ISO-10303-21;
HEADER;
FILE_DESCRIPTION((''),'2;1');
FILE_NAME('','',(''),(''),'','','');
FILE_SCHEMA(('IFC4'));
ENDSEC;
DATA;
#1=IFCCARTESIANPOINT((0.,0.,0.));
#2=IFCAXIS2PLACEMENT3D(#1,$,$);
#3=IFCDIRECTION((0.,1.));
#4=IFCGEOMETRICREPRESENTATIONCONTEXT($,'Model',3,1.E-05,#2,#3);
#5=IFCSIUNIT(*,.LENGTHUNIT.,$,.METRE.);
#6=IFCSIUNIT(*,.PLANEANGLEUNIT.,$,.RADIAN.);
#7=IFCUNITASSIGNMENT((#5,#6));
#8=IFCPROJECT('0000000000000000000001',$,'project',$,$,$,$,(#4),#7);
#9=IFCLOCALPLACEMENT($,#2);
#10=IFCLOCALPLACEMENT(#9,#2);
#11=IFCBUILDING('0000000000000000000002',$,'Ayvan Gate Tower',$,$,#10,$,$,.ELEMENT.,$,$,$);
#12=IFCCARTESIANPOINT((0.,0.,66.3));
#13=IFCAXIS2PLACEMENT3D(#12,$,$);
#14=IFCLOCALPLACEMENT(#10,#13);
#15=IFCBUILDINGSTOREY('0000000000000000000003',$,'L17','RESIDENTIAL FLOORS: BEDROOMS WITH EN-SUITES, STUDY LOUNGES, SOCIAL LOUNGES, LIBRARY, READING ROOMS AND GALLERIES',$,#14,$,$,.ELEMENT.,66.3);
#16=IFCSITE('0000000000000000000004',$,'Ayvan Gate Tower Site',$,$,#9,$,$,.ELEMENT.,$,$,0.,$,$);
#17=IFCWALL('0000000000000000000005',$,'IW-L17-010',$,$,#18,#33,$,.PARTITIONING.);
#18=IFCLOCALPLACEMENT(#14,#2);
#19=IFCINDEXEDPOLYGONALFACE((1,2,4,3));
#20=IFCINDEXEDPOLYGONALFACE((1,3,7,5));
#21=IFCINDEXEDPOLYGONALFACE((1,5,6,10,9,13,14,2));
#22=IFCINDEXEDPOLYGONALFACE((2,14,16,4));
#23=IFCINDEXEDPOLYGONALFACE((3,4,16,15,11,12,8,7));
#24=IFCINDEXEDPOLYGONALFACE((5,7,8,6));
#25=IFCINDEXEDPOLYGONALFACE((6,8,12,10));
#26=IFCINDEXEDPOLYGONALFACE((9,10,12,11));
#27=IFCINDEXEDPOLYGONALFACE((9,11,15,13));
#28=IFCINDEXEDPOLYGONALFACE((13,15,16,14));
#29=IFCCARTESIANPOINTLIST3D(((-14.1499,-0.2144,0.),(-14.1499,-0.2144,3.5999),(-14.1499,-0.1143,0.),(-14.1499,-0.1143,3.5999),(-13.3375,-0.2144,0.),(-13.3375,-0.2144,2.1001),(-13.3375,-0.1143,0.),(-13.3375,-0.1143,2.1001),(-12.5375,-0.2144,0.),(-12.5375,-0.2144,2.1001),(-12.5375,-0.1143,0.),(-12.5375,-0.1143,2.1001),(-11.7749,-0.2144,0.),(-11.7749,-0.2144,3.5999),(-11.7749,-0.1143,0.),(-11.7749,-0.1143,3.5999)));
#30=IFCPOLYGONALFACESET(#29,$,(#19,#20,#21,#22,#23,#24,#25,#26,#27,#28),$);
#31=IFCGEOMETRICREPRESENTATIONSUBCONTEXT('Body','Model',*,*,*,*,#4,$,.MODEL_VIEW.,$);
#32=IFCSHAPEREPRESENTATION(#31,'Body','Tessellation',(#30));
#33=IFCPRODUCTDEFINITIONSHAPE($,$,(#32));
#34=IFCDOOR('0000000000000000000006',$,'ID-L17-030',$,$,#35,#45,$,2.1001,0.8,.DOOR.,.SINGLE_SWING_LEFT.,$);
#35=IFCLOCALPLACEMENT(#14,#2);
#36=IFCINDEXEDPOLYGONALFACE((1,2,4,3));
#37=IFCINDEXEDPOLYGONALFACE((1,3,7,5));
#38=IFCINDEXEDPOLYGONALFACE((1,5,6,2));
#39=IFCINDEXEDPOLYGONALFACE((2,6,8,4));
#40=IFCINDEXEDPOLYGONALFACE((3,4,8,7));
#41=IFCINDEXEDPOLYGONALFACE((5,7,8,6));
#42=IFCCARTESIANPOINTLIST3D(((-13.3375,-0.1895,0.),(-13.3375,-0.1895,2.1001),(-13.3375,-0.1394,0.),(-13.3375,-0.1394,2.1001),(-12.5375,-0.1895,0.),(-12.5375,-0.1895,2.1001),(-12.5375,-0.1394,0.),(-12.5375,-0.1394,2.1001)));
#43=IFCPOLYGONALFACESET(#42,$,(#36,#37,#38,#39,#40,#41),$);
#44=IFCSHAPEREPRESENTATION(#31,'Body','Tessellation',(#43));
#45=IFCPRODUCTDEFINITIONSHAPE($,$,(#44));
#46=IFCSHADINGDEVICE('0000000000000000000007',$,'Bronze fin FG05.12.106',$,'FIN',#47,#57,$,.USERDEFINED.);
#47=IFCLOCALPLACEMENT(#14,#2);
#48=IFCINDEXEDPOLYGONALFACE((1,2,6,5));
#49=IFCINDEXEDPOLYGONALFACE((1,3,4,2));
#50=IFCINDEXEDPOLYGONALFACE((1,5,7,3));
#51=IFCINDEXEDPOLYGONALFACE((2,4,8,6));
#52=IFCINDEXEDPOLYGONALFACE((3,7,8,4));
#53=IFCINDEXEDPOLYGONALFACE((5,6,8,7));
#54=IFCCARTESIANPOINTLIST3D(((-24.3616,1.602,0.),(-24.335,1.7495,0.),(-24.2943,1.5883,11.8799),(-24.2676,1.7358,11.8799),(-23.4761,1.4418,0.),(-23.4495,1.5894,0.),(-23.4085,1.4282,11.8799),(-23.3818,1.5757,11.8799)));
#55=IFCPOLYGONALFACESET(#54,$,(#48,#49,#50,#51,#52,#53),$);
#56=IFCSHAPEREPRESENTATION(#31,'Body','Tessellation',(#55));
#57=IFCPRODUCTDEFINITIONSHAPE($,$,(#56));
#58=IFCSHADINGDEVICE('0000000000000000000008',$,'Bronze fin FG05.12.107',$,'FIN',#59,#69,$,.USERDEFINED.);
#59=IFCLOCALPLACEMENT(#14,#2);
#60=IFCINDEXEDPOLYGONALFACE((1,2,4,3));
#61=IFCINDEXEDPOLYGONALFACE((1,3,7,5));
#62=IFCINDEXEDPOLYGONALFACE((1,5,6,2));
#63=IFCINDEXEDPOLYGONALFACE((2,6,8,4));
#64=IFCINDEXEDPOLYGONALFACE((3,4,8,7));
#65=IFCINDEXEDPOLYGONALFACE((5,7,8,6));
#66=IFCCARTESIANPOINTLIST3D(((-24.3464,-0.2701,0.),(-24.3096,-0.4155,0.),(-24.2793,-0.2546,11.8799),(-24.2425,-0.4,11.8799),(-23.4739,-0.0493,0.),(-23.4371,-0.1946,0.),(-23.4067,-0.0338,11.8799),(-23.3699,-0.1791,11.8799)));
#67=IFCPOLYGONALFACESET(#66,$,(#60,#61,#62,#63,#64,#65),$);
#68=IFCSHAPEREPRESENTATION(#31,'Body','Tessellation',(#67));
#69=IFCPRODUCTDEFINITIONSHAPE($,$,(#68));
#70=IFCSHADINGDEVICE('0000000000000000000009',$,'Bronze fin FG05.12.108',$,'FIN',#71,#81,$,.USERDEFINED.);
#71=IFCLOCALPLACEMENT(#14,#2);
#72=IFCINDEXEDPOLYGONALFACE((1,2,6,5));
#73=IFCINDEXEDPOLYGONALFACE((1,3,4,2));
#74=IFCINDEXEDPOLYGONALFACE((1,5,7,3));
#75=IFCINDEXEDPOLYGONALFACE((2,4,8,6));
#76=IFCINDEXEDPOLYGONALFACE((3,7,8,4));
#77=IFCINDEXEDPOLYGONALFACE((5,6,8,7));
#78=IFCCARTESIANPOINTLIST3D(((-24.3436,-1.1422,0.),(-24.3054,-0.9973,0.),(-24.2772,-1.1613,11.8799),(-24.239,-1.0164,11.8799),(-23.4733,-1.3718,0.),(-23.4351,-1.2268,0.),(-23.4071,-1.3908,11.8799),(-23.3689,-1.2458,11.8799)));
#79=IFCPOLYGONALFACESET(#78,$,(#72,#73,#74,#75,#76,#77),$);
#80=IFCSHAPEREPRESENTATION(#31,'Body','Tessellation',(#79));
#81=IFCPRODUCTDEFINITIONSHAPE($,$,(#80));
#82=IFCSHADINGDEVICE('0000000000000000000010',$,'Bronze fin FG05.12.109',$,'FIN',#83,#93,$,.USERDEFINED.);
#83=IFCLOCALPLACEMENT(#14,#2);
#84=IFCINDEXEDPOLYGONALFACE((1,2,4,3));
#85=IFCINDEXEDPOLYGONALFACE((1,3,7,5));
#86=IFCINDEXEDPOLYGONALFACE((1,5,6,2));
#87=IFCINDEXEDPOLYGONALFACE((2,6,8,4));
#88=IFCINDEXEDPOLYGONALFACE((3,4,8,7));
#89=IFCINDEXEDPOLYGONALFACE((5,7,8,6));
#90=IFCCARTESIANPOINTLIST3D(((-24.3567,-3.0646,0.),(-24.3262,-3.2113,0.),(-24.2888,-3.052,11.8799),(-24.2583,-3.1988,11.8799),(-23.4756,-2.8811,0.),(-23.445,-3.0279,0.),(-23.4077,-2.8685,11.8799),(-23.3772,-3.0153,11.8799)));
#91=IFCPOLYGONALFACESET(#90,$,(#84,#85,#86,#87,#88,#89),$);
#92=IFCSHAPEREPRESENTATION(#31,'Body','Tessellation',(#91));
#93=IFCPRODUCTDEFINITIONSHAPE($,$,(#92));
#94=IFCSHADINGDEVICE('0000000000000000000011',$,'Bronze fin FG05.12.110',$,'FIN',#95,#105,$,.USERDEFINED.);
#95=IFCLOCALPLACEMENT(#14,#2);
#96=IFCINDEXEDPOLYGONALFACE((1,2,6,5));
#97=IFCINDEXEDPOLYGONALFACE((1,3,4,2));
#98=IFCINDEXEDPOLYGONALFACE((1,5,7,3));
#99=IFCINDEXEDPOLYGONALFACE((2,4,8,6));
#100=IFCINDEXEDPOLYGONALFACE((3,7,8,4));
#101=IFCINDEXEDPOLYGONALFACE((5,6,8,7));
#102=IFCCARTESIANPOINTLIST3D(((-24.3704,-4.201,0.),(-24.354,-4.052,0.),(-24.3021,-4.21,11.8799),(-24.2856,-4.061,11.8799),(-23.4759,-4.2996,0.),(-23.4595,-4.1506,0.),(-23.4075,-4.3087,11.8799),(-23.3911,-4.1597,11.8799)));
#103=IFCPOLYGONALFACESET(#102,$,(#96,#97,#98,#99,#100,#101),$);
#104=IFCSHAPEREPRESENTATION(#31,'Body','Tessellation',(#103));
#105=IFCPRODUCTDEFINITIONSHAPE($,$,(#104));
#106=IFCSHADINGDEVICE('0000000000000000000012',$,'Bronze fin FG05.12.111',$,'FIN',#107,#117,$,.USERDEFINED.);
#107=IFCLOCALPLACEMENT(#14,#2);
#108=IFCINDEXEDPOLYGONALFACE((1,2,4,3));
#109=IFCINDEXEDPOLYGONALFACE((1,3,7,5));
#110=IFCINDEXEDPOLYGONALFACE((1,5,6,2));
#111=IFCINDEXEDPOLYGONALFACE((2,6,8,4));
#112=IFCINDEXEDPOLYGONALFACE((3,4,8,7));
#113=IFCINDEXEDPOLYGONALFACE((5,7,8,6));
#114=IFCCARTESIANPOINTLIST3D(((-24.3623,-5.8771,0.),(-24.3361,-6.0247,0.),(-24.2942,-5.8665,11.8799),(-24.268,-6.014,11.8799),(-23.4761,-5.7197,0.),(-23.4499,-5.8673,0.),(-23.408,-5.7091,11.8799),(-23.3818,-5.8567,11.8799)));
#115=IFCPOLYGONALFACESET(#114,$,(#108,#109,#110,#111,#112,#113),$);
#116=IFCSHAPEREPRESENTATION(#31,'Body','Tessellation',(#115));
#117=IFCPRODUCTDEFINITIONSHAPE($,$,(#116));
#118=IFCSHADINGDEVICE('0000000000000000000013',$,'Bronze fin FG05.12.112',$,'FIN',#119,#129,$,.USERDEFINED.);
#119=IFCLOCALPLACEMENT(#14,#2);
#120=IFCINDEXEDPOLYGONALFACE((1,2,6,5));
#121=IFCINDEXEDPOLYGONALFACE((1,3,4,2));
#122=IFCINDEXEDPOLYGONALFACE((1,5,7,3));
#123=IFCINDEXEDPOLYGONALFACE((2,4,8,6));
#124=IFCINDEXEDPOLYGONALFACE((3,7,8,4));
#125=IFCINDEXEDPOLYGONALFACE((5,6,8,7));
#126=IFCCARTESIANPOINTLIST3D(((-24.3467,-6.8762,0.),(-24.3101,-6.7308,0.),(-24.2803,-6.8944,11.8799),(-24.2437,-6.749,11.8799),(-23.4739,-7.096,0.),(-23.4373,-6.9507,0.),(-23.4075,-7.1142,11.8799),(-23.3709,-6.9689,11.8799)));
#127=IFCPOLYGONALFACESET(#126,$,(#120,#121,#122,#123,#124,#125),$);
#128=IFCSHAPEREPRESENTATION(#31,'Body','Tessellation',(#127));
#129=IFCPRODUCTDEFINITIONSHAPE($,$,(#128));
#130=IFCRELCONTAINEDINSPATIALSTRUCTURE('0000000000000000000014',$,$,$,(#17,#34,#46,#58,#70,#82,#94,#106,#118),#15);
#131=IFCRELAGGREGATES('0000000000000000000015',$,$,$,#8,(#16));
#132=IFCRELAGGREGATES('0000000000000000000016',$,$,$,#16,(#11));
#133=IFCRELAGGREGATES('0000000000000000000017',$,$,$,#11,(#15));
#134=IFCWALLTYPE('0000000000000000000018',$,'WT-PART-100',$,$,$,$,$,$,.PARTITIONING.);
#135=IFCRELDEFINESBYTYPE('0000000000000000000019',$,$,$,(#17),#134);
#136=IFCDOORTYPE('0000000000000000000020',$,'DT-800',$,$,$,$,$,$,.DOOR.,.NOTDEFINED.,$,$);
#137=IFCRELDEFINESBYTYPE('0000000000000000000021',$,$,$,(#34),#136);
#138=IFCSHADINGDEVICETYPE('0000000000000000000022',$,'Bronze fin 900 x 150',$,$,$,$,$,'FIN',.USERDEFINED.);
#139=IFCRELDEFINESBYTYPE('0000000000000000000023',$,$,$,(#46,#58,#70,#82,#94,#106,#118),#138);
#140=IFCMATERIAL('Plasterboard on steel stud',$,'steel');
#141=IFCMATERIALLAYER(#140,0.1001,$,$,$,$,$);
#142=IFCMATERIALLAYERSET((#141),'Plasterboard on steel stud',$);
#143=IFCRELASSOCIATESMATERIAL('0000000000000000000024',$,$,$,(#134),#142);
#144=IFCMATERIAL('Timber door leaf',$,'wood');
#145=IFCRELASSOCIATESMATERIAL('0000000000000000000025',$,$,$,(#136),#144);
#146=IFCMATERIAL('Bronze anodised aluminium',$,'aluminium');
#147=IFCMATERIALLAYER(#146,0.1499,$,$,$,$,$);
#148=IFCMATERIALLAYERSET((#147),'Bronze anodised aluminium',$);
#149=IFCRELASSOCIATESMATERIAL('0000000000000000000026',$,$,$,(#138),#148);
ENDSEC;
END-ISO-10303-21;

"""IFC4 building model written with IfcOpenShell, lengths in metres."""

from ifc_helpers import new_model, si_unit, direction, frame, frame_2d, origin, place, context, subcontext, project, spatial, polyline, rectangle, outline, extrude, material, layer, layer_set, type_object, element, fill, save


model = new_model("IFC4")

# Units and contexts
model_context = context("Model", 3, precision=1e-05, world=origin(), true_north=direction((0.0, 1.0)))
body_context = subcontext(model_context, "Body", "Model", "MODEL_VIEW")
ifc_project = project(units=[si_unit("LENGTHUNIT", "METRE"), si_unit("PLANEANGLEUNIT", "RADIAN")], contexts=[model_context])

# Site, building, storey
site_placement = place(None, origin())
site = spatial("IfcSite", under=ifc_project, at=site_placement, Name="Ayvan Gate Tower Site", CompositionType="ELEMENT", RefElevation=0.0)
building_placement = place(site_placement, origin())
building = spatial("IfcBuilding", under=site, at=building_placement, Name="Ayvan Gate Tower", CompositionType="ELEMENT")
storey_placement = place(building_placement, frame((0.0, 0.0, 66.3)))
storey = spatial("IfcBuildingStorey", under=building, at=storey_placement, Name="L17", Description="RESIDENTIAL FLOORS: BEDROOMS WITH EN-SUITES, STUDY LOUNGES, SOCIAL LOUNGES, LIBRARY, READING ROOMS AND GALLERIES", CompositionType="ELEMENT", Elevation=66.3)

# Shared definitions
ifc_material_1 = material(Name="Bronze anodised aluminium", Category="aluminium")

# Shared definitions
ifc_material_2 = material(Name="Plasterboard on steel stud", Category="steel")
ifc_material_3 = material(Name="Timber door leaf", Category="wood")

# Shared definitions
ifc_layer_1 = layer(ifc_material_2, 0.1001)
ifc_layer_set_1 = layer_set([ifc_layer_1], Name="Plasterboard on steel stud")
wall_type_1 = type_object("IfcWallType", Name="WT-PART-100", PredefinedType="PARTITIONING", material=ifc_layer_set_1)

# Wall, opening, door
wall_1_placement = place(storey_placement, frame((-14.1499, -0.1643, 0.0), z_axis=(0.0, 0.0, 1.0), x_axis=(1.0, 0.0, 0.0)))
wall_1 = element("IfcWall", 1, at=wall_1_placement, inside=storey, type_object=wall_type_1, Name="IW-L17-010", PredefinedType="PARTITIONING", context=body_context, shape_type="SweptSolid", body=[
    extrude(rectangle(XDim=2.375, YDim=0.1001, at=frame_2d((1.1875, 0.0))), origin(), (0.0, 0.0, 1.0), 3.5999),
])
opening_1_placement = place(wall_1_placement, frame((0.8125, 0.0, 0.0)))
opening_1 = element("IfcOpeningElement", 2, at=opening_1_placement, cuts=wall_1, PredefinedType="OPENING", context=body_context, shape_type="SweptSolid", body=[
    extrude(rectangle(XDim=0.8, YDim=2.1001, at=frame_2d((0.3999, 1.05))), frame((0.0, 0.0601, 0.0), z_axis=(0.0, -1.0, 0.0), x_axis=(1.0, 0.0, 0.0)), (0.0, 0.0, 1.0), 0.1201),
])
door_type_1 = type_object("IfcDoorType", Name="DT-800", OperationType="NOTDEFINED", PredefinedType="DOOR", material=ifc_material_3)
door_1_placement = place(opening_1_placement, origin())
door_1 = element("IfcDoor", 3, at=door_1_placement, inside=storey, type_object=door_type_1, Name="ID-L17-030", OperationType="SINGLE_SWING_LEFT", OverallHeight=2.1001, OverallWidth=0.8, PredefinedType="DOOR", context=body_context, shape_type="SweptSolid", body=[
    extrude(rectangle(XDim=0.8, YDim=2.1001, at=frame_2d((0.3999, 1.05))), frame((0.0, 0.0249, 0.0), z_axis=(0.0, -1.0, 0.0), x_axis=(1.0, 0.0, 0.0)), (0.0, 0.0, 1.0), 0.05),
])
fill(opening_1, door_1)

# Shading devices
ifc_layer_2 = layer(ifc_material_1, 0.1499)
ifc_layer_set_2 = layer_set([ifc_layer_2], Name="Bronze anodised aluminium")
shading_device_type = type_object("IfcShadingDeviceType", Name="Bronze fin 900 x 150", ElementType="FIN", PredefinedType="USERDEFINED", material=ifc_layer_set_2)
shading_device_1_placement = place(storey_placement, frame((-23.4495, 1.5894, 0.0), z_axis=(0.177954, 0.984039, 0.000121), x_axis=(-0.984039, 0.177954, 0.0)))
element("IfcShadingDevice", 4, at=shading_device_1_placement, inside=storey, type_object=shading_device_type, Name="Bronze fin FG05.12.106", ObjectType="FIN", PredefinedType="USERDEFINED", context=body_context, shape_type="SweptSolid", body=[
    extrude(outline(polyline([(0.0, 0.0), (0.8999, 0.0), (0.8311, 11.8799), (-0.069, 11.8799), (0.0, 0.0)])), origin(), (0.0, 0.0, -1.0), 0.1499),
])
shading_device_2_placement = place(storey_placement, frame((-23.4739, -0.0493, 0.0), z_axis=(-0.245343, 0.969436, 0.000121), x_axis=(-0.969436, -0.245343, 0.0)))
element("IfcShadingDevice", 5, at=shading_device_2_placement, inside=storey, type_object=shading_device_type, Name="Bronze fin FG05.12.107", ObjectType="FIN", PredefinedType="USERDEFINED", context=body_context, shape_type="SweptSolid", body=[
    extrude(outline(polyline([(0.0, 0.0), (0.9, 0.0), (0.8312, 11.8799), (-0.0689, 11.8799), (0.0, 0.0)])), origin(), (0.0, 0.0, -1.0), 0.1499),
])
shading_device_3_placement = place(storey_placement, frame((-23.4351, -1.2268, 0.0), z_axis=(0.254994, 0.966943, 0.000127), x_axis=(-0.966943, 0.254994, 0.0)))
element("IfcShadingDevice", 6, at=shading_device_3_placement, inside=storey, type_object=shading_device_type, Name="Bronze fin FG05.12.108", ObjectType="FIN", PredefinedType="USERDEFINED", context=body_context, shape_type="SweptSolid", body=[
    extrude(outline(polyline([(0.0, 0.0), (0.9001, 0.0), (0.831, 11.8799), (-0.0688, 11.8799), (0.0, 0.0)])), origin(), (0.0, 0.0, -1.0), 0.1499),
])
shading_device_4_placement = place(storey_placement, frame((-23.4756, -2.8811, 0.0), z_axis=(-0.203857, 0.979001, 0.000129), x_axis=(-0.979001, -0.203857, 0.0)))
element("IfcShadingDevice", 7, at=shading_device_4_placement, inside=storey, type_object=shading_device_type, Name="Bronze fin FG05.12.109", ObjectType="FIN", PredefinedType="USERDEFINED", context=body_context, shape_type="SweptSolid", body=[
    extrude(outline(polyline([(0.0, 0.0), (0.9, 0.0), (0.831, 11.8799), (-0.069, 11.8799), (0.0, 0.0)])), origin(), (0.0, 0.0, -1.0), 0.1499),
])
shading_device_5_placement = place(storey_placement, frame((-23.4595, -4.1506, 0.0), z_axis=(0.109598, 0.993976, 0.000125), x_axis=(-0.993976, 0.109598, 0.0)))
element("IfcShadingDevice", 8, at=shading_device_5_placement, inside=storey, type_object=shading_device_type, Name="Bronze fin FG05.12.110", ObjectType="FIN", PredefinedType="USERDEFINED", context=body_context, shape_type="SweptSolid", body=[
    extrude(outline(polyline([(0.0, 0.0), (0.9, 0.0), (0.831, 11.8799), (-0.0689, 11.8799), (0.0, 0.0)])), origin(), (0.0, 0.0, -1.0), 0.1499),
])
shading_device_6_placement = place(storey_placement, frame((-23.4761, -5.7197, 0.0), z_axis=(-0.174814, 0.984601, 0.000122), x_axis=(-0.984601, -0.174814, 0.0)))
element("IfcShadingDevice", 9, at=shading_device_6_placement, inside=storey, type_object=shading_device_type, Name="Bronze fin FG05.12.111", ObjectType="FIN", PredefinedType="USERDEFINED", context=body_context, shape_type="SweptSolid", body=[
    extrude(outline(polyline([(0.0, 0.0), (0.9001, 0.0), (0.8312, 11.8799), (-0.0689, 11.8799), (0.0, 0.0)])), origin(), (0.0, 0.0, -1.0), 0.1499),
])
shading_device_7_placement = place(storey_placement, frame((-23.4373, -6.9507, 0.0), z_axis=(0.244258, 0.96971, 0.000119), x_axis=(-0.96971, 0.244258, 0.0)))
element("IfcShadingDevice", 10, at=shading_device_7_placement, inside=storey, type_object=shading_device_type, Name="Bronze fin FG05.12.112", ObjectType="FIN", PredefinedType="USERDEFINED", context=body_context, shape_type="SweptSolid", body=[
    extrude(outline(polyline([(0.0, 0.0), (0.9001, 0.0), (0.8312, 11.8799), (-0.0688, 11.8799), (0.0, 0.0)])), origin(), (0.0, 0.0, -1.0), 0.1499),
])

save(model, "model.ifc")
